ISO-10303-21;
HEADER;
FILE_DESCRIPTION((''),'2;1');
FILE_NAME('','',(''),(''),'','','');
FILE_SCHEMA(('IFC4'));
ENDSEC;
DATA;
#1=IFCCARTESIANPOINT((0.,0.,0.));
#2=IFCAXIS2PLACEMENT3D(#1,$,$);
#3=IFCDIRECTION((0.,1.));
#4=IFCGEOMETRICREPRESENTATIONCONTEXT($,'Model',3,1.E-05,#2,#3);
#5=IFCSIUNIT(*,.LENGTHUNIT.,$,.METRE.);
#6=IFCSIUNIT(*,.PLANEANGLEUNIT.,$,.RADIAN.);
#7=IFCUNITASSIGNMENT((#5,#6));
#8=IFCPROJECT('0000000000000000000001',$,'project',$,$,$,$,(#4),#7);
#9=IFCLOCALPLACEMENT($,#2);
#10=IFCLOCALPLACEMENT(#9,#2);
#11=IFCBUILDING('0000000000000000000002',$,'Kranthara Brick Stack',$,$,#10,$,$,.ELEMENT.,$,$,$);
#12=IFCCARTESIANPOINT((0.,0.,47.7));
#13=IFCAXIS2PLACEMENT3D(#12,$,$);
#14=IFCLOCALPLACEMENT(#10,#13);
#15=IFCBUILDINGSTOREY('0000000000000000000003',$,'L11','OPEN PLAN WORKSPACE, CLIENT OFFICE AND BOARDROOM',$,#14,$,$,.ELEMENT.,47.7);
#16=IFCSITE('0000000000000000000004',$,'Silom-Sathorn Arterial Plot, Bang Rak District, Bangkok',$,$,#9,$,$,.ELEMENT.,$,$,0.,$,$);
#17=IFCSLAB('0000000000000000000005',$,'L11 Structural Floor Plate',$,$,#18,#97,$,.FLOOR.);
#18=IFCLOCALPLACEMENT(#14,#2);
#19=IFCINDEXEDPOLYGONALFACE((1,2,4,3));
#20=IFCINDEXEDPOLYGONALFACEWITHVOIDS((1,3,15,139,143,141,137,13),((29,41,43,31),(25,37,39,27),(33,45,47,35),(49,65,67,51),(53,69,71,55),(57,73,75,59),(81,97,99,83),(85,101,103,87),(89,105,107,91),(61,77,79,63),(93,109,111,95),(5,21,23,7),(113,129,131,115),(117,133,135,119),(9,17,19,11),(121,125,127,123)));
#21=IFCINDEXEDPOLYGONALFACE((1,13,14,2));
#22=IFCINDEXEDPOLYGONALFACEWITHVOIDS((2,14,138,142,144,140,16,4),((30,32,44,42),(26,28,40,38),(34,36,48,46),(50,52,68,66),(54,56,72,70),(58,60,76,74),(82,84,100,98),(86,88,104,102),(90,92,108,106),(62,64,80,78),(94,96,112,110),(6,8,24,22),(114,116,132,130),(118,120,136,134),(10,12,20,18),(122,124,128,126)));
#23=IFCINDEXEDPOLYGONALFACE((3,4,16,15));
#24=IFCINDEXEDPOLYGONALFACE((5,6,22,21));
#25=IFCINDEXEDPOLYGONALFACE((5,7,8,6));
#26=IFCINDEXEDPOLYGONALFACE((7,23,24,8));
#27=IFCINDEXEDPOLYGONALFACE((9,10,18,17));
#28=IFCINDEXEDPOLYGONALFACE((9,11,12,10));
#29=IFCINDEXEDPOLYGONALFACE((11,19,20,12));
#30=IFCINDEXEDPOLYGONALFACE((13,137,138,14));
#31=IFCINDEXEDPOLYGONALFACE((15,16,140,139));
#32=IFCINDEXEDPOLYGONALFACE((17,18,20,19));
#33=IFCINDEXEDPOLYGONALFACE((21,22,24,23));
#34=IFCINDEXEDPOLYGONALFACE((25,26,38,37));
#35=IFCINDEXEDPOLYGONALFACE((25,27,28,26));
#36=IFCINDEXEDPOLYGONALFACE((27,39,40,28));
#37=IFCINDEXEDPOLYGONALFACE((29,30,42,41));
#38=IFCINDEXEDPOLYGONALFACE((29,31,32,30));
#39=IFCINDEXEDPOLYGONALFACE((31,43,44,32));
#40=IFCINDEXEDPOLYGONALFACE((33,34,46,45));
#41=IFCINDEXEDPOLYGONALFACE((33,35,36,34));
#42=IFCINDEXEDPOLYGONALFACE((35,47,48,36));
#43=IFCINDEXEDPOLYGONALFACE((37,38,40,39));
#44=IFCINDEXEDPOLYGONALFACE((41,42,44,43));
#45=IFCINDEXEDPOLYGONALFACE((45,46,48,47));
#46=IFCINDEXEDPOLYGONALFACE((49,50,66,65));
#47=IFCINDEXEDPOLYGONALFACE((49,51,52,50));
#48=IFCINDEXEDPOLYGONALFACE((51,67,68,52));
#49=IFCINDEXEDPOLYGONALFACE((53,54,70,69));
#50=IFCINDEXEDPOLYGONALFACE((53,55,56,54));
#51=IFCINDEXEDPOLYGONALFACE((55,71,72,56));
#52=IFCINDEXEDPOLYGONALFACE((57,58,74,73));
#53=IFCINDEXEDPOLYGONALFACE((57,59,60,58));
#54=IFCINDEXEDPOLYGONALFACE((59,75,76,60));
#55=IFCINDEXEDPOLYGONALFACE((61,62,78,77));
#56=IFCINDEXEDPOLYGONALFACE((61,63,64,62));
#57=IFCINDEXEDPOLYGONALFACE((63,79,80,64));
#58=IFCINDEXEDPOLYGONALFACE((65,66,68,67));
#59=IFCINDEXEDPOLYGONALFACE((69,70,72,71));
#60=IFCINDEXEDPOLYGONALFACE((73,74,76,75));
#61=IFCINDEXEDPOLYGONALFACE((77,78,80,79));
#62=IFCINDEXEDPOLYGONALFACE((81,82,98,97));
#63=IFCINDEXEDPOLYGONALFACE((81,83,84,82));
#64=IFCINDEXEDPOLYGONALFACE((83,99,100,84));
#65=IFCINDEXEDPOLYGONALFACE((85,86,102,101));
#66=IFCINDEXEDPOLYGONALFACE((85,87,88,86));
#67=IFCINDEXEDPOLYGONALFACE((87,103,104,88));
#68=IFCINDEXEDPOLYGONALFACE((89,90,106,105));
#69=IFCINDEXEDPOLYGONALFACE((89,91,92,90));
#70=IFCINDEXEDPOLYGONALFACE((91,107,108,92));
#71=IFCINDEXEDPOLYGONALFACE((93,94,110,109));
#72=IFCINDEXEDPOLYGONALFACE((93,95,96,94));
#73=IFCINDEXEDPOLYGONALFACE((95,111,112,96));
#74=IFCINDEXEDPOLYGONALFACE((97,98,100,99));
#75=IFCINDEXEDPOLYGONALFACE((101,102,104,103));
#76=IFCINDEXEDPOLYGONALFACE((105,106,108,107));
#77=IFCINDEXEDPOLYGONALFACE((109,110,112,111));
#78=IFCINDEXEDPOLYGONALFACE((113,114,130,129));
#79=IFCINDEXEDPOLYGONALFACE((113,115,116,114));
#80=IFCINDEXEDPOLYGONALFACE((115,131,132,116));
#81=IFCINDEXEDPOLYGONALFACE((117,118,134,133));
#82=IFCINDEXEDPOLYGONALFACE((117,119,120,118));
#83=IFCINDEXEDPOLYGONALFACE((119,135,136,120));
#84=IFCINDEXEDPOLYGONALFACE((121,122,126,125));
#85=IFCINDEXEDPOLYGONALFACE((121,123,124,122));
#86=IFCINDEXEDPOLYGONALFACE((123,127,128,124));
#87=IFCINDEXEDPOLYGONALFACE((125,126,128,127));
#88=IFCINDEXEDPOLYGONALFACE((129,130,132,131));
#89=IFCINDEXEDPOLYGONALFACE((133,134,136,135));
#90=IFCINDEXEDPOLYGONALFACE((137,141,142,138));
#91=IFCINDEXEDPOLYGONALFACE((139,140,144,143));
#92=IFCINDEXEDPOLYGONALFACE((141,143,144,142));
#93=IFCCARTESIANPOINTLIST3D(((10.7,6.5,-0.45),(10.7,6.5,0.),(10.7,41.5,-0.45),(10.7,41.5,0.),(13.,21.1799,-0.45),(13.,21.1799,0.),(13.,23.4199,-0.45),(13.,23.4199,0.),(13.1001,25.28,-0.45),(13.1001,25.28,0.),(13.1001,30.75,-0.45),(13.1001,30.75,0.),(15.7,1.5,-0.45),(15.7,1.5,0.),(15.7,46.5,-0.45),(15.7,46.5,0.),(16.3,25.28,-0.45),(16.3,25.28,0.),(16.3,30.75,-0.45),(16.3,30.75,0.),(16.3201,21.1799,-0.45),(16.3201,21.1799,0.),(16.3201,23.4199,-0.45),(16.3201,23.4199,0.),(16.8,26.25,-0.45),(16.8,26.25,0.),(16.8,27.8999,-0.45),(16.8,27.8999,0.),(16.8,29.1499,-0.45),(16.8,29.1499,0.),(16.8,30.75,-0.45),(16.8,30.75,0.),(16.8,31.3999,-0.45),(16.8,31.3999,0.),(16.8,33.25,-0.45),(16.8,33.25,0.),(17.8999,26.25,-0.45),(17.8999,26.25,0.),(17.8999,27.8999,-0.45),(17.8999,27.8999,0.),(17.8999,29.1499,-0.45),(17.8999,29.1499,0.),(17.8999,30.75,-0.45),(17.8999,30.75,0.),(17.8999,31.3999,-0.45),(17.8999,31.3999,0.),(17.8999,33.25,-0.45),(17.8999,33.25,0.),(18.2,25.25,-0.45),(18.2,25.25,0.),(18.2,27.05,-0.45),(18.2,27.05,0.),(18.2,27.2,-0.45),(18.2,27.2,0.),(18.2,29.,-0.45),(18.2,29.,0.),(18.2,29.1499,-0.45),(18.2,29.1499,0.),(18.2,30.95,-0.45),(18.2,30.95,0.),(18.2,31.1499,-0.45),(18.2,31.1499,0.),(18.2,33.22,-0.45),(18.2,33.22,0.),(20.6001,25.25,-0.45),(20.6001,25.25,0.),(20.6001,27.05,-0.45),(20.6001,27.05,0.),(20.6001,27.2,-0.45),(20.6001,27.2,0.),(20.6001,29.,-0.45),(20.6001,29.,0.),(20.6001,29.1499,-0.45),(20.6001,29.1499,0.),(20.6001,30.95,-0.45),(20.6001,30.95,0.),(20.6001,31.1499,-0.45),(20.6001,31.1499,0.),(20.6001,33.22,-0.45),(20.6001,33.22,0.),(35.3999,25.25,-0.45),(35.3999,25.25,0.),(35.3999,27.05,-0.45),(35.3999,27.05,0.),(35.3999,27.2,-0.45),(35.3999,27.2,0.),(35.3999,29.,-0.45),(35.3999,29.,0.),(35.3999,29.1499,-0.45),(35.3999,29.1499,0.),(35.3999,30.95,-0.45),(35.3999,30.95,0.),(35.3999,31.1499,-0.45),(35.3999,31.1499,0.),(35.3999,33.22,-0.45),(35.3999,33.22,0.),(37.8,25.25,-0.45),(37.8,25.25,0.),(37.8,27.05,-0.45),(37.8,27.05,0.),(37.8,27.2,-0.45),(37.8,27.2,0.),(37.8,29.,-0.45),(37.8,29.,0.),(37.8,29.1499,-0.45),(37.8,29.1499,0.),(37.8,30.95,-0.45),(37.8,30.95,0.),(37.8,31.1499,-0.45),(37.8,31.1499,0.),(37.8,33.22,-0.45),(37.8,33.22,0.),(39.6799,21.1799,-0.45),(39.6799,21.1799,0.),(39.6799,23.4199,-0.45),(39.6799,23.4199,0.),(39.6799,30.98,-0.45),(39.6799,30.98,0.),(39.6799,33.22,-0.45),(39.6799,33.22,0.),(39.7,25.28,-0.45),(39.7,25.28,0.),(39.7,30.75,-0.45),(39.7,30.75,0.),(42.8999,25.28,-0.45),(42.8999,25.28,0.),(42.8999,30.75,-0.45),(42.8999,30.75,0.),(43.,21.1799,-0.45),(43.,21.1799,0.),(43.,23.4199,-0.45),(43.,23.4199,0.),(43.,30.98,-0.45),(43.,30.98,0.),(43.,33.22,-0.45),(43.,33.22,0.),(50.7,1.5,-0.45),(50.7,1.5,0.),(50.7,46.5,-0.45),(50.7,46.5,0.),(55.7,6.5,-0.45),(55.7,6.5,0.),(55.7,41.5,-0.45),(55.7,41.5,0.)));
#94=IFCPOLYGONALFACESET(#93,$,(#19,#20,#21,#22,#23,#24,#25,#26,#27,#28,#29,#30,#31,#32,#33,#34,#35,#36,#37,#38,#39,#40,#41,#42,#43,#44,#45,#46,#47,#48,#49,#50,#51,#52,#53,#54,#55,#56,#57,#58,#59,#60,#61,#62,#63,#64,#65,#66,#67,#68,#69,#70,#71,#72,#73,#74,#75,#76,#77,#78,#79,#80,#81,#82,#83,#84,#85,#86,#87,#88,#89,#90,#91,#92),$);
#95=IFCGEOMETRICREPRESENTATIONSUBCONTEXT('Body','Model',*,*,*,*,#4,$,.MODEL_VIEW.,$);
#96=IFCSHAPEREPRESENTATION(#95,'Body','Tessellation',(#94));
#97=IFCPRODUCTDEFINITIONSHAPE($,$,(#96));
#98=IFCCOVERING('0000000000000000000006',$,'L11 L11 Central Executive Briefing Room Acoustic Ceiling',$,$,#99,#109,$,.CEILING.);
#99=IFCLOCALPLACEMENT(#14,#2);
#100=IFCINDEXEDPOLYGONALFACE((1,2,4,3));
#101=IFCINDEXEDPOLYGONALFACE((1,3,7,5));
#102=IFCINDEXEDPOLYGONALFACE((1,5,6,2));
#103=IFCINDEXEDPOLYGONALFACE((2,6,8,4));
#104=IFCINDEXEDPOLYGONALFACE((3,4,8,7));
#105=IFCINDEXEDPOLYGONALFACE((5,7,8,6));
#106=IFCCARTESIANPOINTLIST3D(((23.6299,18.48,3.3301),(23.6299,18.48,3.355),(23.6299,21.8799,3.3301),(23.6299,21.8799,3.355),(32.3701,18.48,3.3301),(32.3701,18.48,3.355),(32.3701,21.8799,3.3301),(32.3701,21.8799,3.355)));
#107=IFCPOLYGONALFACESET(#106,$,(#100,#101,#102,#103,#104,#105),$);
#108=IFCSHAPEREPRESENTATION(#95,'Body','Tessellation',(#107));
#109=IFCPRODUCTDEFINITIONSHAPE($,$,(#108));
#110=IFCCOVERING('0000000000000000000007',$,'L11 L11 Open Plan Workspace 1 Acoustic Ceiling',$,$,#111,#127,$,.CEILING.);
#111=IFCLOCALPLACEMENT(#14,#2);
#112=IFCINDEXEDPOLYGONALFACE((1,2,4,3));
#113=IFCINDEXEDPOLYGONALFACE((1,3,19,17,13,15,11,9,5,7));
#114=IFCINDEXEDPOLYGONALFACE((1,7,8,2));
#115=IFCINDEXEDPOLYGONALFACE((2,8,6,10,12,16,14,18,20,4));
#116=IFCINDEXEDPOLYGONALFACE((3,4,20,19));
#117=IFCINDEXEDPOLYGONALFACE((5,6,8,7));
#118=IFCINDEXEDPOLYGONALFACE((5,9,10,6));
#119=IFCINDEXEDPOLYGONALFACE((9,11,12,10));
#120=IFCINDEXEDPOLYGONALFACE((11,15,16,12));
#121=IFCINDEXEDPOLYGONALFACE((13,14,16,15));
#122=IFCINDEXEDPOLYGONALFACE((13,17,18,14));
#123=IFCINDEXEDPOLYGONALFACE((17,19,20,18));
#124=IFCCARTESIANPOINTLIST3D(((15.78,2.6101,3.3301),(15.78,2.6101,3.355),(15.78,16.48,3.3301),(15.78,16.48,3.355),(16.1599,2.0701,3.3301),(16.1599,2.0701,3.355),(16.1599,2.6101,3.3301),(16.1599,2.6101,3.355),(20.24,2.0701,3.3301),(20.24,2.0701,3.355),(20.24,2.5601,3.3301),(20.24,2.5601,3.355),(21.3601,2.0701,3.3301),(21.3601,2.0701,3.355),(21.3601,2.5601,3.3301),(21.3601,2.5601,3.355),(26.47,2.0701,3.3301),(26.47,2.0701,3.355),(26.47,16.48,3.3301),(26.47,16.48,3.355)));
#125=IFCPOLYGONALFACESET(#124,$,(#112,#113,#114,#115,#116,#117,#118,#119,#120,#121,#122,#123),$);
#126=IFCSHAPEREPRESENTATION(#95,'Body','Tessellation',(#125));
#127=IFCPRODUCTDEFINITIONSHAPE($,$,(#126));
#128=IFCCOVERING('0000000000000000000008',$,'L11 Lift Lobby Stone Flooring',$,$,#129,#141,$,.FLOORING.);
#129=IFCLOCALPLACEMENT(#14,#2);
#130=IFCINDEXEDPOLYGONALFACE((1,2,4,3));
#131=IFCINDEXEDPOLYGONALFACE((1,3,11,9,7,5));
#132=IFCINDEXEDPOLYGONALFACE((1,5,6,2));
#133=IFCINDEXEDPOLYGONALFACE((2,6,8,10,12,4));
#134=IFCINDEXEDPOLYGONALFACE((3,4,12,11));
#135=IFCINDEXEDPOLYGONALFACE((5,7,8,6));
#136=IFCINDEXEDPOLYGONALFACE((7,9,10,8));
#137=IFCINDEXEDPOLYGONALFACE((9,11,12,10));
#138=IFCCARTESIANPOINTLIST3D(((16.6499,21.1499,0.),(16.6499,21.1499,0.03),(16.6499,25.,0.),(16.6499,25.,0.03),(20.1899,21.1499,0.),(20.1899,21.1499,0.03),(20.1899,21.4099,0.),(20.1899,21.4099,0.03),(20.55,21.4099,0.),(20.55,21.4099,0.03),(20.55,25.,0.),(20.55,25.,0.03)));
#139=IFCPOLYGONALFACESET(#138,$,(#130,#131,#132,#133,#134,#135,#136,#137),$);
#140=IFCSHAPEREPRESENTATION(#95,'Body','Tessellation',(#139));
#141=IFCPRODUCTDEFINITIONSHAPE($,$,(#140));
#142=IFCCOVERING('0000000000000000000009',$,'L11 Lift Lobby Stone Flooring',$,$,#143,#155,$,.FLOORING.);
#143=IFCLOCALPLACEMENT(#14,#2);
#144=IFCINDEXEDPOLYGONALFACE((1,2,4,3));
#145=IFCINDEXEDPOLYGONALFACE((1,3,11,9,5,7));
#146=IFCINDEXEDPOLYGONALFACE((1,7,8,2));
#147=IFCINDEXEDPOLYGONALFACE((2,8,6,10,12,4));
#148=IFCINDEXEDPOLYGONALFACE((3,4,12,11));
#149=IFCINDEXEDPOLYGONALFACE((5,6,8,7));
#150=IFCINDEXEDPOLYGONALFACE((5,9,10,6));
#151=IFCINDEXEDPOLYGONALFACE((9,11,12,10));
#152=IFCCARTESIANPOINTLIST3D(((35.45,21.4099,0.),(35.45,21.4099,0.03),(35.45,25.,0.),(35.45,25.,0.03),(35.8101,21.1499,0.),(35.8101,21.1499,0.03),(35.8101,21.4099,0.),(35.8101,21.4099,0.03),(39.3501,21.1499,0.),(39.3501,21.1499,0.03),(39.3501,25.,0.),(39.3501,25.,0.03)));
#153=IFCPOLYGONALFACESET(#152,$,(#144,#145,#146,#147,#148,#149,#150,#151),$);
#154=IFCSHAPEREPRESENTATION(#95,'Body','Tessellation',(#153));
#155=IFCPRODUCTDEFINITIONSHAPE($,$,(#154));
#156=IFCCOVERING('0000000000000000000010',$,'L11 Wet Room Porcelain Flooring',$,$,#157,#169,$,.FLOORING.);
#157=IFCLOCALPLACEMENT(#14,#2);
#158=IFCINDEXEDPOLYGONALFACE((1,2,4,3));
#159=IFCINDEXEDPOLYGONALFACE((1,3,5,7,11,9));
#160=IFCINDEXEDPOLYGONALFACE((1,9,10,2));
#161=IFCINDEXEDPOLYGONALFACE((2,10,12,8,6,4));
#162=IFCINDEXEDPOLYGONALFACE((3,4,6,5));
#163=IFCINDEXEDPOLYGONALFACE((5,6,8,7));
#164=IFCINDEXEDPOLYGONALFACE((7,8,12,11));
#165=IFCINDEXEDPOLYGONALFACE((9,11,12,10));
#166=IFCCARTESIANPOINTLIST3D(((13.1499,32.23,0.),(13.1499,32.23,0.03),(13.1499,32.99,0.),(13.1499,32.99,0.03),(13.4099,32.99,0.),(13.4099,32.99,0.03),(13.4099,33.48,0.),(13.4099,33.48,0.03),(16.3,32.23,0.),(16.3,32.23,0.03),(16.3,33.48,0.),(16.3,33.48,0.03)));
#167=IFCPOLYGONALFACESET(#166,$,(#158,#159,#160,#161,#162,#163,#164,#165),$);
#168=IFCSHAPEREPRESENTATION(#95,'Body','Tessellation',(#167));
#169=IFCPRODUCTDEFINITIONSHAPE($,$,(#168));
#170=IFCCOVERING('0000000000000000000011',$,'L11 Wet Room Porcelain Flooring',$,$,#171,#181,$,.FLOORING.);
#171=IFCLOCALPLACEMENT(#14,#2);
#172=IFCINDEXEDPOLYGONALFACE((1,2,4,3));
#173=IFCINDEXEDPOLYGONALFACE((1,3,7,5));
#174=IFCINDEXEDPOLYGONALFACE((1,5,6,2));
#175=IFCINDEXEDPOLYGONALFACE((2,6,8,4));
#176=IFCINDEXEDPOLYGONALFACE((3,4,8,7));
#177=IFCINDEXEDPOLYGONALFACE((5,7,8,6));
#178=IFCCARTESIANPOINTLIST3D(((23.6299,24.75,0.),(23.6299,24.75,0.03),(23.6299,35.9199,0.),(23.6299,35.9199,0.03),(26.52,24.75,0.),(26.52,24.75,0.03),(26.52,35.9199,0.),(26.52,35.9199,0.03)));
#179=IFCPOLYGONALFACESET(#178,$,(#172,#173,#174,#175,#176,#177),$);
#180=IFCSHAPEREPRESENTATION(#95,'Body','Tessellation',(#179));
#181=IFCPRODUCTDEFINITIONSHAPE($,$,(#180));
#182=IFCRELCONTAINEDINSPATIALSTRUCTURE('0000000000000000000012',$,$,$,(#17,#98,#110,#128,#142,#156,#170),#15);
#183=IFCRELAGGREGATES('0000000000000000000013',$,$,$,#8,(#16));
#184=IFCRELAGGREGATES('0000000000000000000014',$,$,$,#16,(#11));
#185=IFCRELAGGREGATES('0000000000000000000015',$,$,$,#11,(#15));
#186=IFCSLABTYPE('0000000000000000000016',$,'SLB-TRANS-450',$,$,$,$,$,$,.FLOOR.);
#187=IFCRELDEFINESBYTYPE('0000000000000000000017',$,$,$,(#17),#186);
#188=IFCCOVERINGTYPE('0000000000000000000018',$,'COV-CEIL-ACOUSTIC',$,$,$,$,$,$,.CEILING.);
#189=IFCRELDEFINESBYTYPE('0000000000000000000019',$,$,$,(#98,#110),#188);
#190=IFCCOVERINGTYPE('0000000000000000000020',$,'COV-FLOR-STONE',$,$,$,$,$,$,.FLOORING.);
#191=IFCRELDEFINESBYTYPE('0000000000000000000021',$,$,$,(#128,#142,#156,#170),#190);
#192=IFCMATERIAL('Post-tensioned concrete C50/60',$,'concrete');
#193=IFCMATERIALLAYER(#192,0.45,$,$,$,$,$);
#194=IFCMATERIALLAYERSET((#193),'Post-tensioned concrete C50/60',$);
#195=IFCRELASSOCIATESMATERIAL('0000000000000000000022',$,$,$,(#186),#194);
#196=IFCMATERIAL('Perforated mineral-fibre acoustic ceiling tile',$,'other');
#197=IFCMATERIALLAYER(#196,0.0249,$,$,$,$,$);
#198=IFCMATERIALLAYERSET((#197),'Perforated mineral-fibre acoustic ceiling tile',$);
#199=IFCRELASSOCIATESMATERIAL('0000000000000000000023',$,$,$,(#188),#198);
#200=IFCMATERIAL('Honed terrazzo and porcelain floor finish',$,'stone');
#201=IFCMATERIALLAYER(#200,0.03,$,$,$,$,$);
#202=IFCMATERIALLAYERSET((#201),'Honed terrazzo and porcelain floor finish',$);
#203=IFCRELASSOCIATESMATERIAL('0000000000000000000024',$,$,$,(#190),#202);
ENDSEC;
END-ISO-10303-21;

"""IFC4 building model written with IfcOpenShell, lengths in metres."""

from ifc_helpers import new_model, si_unit, direction, frame, origin, place, context, subcontext, project, spatial, polyline, outline, extrude, material, layer, layer_set, type_object, element, save


model = new_model("IFC4")

# Units and contexts
model_context = context("Model", 3, precision=1e-05, world=origin(), true_north=direction((0.0, 1.0)))
body_context = subcontext(model_context, "Body", "Model", "MODEL_VIEW")
ifc_project = project(units=[si_unit("LENGTHUNIT", "METRE"), si_unit("PLANEANGLEUNIT", "RADIAN")], contexts=[model_context])

# Site, building, storey
site_placement = place(None, origin())
site = spatial("IfcSite", under=ifc_project, at=site_placement, Name="Silom-Sathorn Arterial Plot, Bang Rak District, Bangkok", CompositionType="ELEMENT", RefElevation=0.0)
building_placement = place(site_placement, origin())
building = spatial("IfcBuilding", under=site, at=building_placement, Name="Kranthara Brick Stack", CompositionType="ELEMENT")
storey_placement = place(building_placement, frame((0.0, 0.0, 47.7)))
storey = spatial("IfcBuildingStorey", under=building, at=storey_placement, Name="L11", Description="OPEN PLAN WORKSPACE, CLIENT OFFICE AND BOARDROOM", CompositionType="ELEMENT", Elevation=47.7)

# Slab
ifc_material_1 = material(Name="Post-tensioned concrete C50/60", Category="concrete")
ifc_layer_1 = layer(ifc_material_1, 0.45)
ifc_layer_set_1 = layer_set([ifc_layer_1], Name="Post-tensioned concrete C50/60")
slab_type_1 = type_object("IfcSlabType", Name="SLB-TRANS-450", PredefinedType="FLOOR", material=ifc_layer_set_1)
slab_1_placement = place(storey_placement, frame((0.0, 0.0, -0.45)))
element("IfcSlab", 1, at=slab_1_placement, inside=storey, type_object=slab_type_1, Name="L11 Structural Floor Plate", PredefinedType="FLOOR", context=body_context, shape_type="SweptSolid", body=[
    extrude(outline(polyline([(15.7, 1.5), (50.7, 1.5), (55.7, 6.5), (55.7, 41.5), (50.7, 46.5), (15.7, 46.5), (10.7, 41.5), (10.7, 6.5), (15.7, 1.5)]), holes=[polyline([(13.1001, 25.28), (16.3, 25.28), (16.3, 30.75), (13.1001, 30.75), (13.1001, 25.28)]), polyline([(39.7, 25.28), (42.8999, 25.28), (42.8999, 30.75), (39.7, 30.75), (39.7, 25.28)]), polyline([(13.0, 21.1799), (16.3201, 21.1799), (16.3201, 23.4199), (13.0, 23.4199), (13.0, 21.1799)]), polyline([(39.6799, 21.1799), (43.0, 21.1799), (43.0, 23.4199), (39.6799, 23.4199), (39.6799, 21.1799)]), polyline([(39.6799, 30.98), (43.0, 30.98), (43.0, 33.22), (39.6799, 33.22), (39.6799, 30.98)]), polyline([(18.2, 25.25), (20.6001, 25.25), (20.6001, 27.05), (18.2, 27.05), (18.2, 25.25)]), polyline([(18.2, 27.2), (20.6001, 27.2), (20.6001, 29.0), (18.2, 29.0), (18.2, 27.2)]), polyline([(18.2, 29.1499), (20.6001, 29.1499), (20.6001, 30.95), (18.2, 30.95), (18.2, 29.1499)]), polyline([(35.3999, 25.25), (37.8, 25.25), (37.8, 27.05), (35.3999, 27.05), (35.3999, 25.25)]), polyline([(35.3999, 27.2), (37.8, 27.2), (37.8, 29.0), (35.3999, 29.0), (35.3999, 27.2)]), polyline([(35.3999, 29.1499), (37.8, 29.1499), (37.8, 30.95), (35.3999, 30.95), (35.3999, 29.1499)]), polyline([(18.2, 31.1499), (20.6001, 31.1499), (20.6001, 33.22), (18.2, 33.22), (18.2, 31.1499)]), polyline([(35.3999, 31.1499), (37.8, 31.1499), (37.8, 33.22), (35.3999, 33.22), (35.3999, 31.1499)]), polyline([(16.8, 26.25), (17.8999, 26.25), (17.8999, 27.8999), (16.8, 27.8999), (16.8, 26.25)]), polyline([(16.8, 29.1499), (17.8999, 29.1499), (17.8999, 30.75), (16.8, 30.75), (16.8, 29.1499)]), polyline([(16.8, 31.3999), (17.8999, 31.3999), (17.8999, 33.25), (16.8, 33.25), (16.8, 31.3999)])]), origin(), (0.0, 0.0, 1.0), 0.45),
])

# Coverings
ifc_material_2 = material(Name="Perforated mineral-fibre acoustic ceiling tile", Category="other")
ifc_layer_2 = layer(ifc_material_2, 0.0249)
ifc_layer_set_2 = layer_set([ifc_layer_2], Name="Perforated mineral-fibre acoustic ceiling tile")
covering_type_1 = type_object("IfcCoveringType", Name="COV-CEIL-ACOUSTIC", PredefinedType="CEILING", material=ifc_layer_set_2)
covering_1_placement = place(storey_placement, frame((0.0, 0.0, 3.3301)))
element("IfcCovering", 2, at=covering_1_placement, inside=storey, type_object=covering_type_1, Name="L11 L11 Central Executive Briefing Room Acoustic Ceiling", PredefinedType="CEILING", context=body_context, shape_type="SweptSolid", body=[
    extrude(outline(polyline([(32.3701, 18.48), (32.3701, 21.8799), (23.6299, 21.8799), (23.6299, 18.48), (32.3701, 18.48)])), origin(), (0.0, 0.0, 1.0), 0.0249),
])
covering_2_placement = place(storey_placement, frame((0.0, 0.0, 3.3301)))
element("IfcCovering", 3, at=covering_2_placement, inside=storey, type_object=covering_type_1, Name="L11 L11 Open Plan Workspace 1 Acoustic Ceiling", PredefinedType="CEILING", context=body_context, shape_type="SweptSolid", body=[
    extrude(outline(polyline([(26.47, 16.48), (26.47, 2.0701), (21.3601, 2.0701), (21.3601, 2.5601), (20.24, 2.5601), (20.24, 2.0701), (16.1599, 2.0701), (16.1599, 2.6101), (15.78, 2.6101), (15.78, 16.48), (26.47, 16.48)])), origin(), (0.0, 0.0, 1.0), 0.0249),
])
ifc_material_3 = material(Name="Honed terrazzo and porcelain floor finish", Category="stone")
ifc_layer_3 = layer(ifc_material_3, 0.03)
ifc_layer_set_3 = layer_set([ifc_layer_3], Name="Honed terrazzo and porcelain floor finish")
covering_type_2 = type_object("IfcCoveringType", Name="COV-FLOR-STONE", PredefinedType="FLOORING", material=ifc_layer_set_3)
covering_3_placement = place(storey_placement, origin())
element("IfcCovering", 4, at=covering_3_placement, inside=storey, type_object=covering_type_2, Name="L11 Lift Lobby Stone Flooring", PredefinedType="FLOORING", context=body_context, shape_type="SweptSolid", body=[
    extrude(outline(polyline([(16.6499, 21.1499), (16.6499, 25.0), (20.55, 25.0), (20.55, 21.4099), (20.1899, 21.4099), (20.1899, 21.1499), (16.6499, 21.1499)])), origin(), (0.0, 0.0, 1.0), 0.03),
])
covering_4_placement = place(storey_placement, origin())
element("IfcCovering", 5, at=covering_4_placement, inside=storey, type_object=covering_type_2, Name="L11 Lift Lobby Stone Flooring", PredefinedType="FLOORING", context=body_context, shape_type="SweptSolid", body=[
    extrude(outline(polyline([(35.45, 25.0), (39.3501, 25.0), (39.3501, 21.1499), (35.8101, 21.1499), (35.8101, 21.4099), (35.45, 21.4099), (35.45, 25.0)])), origin(), (0.0, 0.0, 1.0), 0.03),
])
covering_5_placement = place(storey_placement, origin())
element("IfcCovering", 6, at=covering_5_placement, inside=storey, type_object=covering_type_2, Name="L11 Wet Room Porcelain Flooring", PredefinedType="FLOORING", context=body_context, shape_type="SweptSolid", body=[
    extrude(outline(polyline([(16.3, 33.48), (16.3, 32.23), (13.1499, 32.23), (13.1499, 32.99), (13.4099, 32.99), (13.4099, 33.48), (16.3, 33.48)])), origin(), (0.0, 0.0, 1.0), 0.03),
])
covering_6_placement = place(storey_placement, origin())
element("IfcCovering", 7, at=covering_6_placement, inside=storey, type_object=covering_type_2, Name="L11 Wet Room Porcelain Flooring", PredefinedType="FLOORING", context=body_context, shape_type="SweptSolid", body=[
    extrude(outline(polyline([(26.52, 24.75), (26.52, 35.9199), (23.6299, 35.9199), (23.6299, 24.75), (26.52, 24.75)])), origin(), (0.0, 0.0, 1.0), 0.03),
])

save(model, "model.ifc")
